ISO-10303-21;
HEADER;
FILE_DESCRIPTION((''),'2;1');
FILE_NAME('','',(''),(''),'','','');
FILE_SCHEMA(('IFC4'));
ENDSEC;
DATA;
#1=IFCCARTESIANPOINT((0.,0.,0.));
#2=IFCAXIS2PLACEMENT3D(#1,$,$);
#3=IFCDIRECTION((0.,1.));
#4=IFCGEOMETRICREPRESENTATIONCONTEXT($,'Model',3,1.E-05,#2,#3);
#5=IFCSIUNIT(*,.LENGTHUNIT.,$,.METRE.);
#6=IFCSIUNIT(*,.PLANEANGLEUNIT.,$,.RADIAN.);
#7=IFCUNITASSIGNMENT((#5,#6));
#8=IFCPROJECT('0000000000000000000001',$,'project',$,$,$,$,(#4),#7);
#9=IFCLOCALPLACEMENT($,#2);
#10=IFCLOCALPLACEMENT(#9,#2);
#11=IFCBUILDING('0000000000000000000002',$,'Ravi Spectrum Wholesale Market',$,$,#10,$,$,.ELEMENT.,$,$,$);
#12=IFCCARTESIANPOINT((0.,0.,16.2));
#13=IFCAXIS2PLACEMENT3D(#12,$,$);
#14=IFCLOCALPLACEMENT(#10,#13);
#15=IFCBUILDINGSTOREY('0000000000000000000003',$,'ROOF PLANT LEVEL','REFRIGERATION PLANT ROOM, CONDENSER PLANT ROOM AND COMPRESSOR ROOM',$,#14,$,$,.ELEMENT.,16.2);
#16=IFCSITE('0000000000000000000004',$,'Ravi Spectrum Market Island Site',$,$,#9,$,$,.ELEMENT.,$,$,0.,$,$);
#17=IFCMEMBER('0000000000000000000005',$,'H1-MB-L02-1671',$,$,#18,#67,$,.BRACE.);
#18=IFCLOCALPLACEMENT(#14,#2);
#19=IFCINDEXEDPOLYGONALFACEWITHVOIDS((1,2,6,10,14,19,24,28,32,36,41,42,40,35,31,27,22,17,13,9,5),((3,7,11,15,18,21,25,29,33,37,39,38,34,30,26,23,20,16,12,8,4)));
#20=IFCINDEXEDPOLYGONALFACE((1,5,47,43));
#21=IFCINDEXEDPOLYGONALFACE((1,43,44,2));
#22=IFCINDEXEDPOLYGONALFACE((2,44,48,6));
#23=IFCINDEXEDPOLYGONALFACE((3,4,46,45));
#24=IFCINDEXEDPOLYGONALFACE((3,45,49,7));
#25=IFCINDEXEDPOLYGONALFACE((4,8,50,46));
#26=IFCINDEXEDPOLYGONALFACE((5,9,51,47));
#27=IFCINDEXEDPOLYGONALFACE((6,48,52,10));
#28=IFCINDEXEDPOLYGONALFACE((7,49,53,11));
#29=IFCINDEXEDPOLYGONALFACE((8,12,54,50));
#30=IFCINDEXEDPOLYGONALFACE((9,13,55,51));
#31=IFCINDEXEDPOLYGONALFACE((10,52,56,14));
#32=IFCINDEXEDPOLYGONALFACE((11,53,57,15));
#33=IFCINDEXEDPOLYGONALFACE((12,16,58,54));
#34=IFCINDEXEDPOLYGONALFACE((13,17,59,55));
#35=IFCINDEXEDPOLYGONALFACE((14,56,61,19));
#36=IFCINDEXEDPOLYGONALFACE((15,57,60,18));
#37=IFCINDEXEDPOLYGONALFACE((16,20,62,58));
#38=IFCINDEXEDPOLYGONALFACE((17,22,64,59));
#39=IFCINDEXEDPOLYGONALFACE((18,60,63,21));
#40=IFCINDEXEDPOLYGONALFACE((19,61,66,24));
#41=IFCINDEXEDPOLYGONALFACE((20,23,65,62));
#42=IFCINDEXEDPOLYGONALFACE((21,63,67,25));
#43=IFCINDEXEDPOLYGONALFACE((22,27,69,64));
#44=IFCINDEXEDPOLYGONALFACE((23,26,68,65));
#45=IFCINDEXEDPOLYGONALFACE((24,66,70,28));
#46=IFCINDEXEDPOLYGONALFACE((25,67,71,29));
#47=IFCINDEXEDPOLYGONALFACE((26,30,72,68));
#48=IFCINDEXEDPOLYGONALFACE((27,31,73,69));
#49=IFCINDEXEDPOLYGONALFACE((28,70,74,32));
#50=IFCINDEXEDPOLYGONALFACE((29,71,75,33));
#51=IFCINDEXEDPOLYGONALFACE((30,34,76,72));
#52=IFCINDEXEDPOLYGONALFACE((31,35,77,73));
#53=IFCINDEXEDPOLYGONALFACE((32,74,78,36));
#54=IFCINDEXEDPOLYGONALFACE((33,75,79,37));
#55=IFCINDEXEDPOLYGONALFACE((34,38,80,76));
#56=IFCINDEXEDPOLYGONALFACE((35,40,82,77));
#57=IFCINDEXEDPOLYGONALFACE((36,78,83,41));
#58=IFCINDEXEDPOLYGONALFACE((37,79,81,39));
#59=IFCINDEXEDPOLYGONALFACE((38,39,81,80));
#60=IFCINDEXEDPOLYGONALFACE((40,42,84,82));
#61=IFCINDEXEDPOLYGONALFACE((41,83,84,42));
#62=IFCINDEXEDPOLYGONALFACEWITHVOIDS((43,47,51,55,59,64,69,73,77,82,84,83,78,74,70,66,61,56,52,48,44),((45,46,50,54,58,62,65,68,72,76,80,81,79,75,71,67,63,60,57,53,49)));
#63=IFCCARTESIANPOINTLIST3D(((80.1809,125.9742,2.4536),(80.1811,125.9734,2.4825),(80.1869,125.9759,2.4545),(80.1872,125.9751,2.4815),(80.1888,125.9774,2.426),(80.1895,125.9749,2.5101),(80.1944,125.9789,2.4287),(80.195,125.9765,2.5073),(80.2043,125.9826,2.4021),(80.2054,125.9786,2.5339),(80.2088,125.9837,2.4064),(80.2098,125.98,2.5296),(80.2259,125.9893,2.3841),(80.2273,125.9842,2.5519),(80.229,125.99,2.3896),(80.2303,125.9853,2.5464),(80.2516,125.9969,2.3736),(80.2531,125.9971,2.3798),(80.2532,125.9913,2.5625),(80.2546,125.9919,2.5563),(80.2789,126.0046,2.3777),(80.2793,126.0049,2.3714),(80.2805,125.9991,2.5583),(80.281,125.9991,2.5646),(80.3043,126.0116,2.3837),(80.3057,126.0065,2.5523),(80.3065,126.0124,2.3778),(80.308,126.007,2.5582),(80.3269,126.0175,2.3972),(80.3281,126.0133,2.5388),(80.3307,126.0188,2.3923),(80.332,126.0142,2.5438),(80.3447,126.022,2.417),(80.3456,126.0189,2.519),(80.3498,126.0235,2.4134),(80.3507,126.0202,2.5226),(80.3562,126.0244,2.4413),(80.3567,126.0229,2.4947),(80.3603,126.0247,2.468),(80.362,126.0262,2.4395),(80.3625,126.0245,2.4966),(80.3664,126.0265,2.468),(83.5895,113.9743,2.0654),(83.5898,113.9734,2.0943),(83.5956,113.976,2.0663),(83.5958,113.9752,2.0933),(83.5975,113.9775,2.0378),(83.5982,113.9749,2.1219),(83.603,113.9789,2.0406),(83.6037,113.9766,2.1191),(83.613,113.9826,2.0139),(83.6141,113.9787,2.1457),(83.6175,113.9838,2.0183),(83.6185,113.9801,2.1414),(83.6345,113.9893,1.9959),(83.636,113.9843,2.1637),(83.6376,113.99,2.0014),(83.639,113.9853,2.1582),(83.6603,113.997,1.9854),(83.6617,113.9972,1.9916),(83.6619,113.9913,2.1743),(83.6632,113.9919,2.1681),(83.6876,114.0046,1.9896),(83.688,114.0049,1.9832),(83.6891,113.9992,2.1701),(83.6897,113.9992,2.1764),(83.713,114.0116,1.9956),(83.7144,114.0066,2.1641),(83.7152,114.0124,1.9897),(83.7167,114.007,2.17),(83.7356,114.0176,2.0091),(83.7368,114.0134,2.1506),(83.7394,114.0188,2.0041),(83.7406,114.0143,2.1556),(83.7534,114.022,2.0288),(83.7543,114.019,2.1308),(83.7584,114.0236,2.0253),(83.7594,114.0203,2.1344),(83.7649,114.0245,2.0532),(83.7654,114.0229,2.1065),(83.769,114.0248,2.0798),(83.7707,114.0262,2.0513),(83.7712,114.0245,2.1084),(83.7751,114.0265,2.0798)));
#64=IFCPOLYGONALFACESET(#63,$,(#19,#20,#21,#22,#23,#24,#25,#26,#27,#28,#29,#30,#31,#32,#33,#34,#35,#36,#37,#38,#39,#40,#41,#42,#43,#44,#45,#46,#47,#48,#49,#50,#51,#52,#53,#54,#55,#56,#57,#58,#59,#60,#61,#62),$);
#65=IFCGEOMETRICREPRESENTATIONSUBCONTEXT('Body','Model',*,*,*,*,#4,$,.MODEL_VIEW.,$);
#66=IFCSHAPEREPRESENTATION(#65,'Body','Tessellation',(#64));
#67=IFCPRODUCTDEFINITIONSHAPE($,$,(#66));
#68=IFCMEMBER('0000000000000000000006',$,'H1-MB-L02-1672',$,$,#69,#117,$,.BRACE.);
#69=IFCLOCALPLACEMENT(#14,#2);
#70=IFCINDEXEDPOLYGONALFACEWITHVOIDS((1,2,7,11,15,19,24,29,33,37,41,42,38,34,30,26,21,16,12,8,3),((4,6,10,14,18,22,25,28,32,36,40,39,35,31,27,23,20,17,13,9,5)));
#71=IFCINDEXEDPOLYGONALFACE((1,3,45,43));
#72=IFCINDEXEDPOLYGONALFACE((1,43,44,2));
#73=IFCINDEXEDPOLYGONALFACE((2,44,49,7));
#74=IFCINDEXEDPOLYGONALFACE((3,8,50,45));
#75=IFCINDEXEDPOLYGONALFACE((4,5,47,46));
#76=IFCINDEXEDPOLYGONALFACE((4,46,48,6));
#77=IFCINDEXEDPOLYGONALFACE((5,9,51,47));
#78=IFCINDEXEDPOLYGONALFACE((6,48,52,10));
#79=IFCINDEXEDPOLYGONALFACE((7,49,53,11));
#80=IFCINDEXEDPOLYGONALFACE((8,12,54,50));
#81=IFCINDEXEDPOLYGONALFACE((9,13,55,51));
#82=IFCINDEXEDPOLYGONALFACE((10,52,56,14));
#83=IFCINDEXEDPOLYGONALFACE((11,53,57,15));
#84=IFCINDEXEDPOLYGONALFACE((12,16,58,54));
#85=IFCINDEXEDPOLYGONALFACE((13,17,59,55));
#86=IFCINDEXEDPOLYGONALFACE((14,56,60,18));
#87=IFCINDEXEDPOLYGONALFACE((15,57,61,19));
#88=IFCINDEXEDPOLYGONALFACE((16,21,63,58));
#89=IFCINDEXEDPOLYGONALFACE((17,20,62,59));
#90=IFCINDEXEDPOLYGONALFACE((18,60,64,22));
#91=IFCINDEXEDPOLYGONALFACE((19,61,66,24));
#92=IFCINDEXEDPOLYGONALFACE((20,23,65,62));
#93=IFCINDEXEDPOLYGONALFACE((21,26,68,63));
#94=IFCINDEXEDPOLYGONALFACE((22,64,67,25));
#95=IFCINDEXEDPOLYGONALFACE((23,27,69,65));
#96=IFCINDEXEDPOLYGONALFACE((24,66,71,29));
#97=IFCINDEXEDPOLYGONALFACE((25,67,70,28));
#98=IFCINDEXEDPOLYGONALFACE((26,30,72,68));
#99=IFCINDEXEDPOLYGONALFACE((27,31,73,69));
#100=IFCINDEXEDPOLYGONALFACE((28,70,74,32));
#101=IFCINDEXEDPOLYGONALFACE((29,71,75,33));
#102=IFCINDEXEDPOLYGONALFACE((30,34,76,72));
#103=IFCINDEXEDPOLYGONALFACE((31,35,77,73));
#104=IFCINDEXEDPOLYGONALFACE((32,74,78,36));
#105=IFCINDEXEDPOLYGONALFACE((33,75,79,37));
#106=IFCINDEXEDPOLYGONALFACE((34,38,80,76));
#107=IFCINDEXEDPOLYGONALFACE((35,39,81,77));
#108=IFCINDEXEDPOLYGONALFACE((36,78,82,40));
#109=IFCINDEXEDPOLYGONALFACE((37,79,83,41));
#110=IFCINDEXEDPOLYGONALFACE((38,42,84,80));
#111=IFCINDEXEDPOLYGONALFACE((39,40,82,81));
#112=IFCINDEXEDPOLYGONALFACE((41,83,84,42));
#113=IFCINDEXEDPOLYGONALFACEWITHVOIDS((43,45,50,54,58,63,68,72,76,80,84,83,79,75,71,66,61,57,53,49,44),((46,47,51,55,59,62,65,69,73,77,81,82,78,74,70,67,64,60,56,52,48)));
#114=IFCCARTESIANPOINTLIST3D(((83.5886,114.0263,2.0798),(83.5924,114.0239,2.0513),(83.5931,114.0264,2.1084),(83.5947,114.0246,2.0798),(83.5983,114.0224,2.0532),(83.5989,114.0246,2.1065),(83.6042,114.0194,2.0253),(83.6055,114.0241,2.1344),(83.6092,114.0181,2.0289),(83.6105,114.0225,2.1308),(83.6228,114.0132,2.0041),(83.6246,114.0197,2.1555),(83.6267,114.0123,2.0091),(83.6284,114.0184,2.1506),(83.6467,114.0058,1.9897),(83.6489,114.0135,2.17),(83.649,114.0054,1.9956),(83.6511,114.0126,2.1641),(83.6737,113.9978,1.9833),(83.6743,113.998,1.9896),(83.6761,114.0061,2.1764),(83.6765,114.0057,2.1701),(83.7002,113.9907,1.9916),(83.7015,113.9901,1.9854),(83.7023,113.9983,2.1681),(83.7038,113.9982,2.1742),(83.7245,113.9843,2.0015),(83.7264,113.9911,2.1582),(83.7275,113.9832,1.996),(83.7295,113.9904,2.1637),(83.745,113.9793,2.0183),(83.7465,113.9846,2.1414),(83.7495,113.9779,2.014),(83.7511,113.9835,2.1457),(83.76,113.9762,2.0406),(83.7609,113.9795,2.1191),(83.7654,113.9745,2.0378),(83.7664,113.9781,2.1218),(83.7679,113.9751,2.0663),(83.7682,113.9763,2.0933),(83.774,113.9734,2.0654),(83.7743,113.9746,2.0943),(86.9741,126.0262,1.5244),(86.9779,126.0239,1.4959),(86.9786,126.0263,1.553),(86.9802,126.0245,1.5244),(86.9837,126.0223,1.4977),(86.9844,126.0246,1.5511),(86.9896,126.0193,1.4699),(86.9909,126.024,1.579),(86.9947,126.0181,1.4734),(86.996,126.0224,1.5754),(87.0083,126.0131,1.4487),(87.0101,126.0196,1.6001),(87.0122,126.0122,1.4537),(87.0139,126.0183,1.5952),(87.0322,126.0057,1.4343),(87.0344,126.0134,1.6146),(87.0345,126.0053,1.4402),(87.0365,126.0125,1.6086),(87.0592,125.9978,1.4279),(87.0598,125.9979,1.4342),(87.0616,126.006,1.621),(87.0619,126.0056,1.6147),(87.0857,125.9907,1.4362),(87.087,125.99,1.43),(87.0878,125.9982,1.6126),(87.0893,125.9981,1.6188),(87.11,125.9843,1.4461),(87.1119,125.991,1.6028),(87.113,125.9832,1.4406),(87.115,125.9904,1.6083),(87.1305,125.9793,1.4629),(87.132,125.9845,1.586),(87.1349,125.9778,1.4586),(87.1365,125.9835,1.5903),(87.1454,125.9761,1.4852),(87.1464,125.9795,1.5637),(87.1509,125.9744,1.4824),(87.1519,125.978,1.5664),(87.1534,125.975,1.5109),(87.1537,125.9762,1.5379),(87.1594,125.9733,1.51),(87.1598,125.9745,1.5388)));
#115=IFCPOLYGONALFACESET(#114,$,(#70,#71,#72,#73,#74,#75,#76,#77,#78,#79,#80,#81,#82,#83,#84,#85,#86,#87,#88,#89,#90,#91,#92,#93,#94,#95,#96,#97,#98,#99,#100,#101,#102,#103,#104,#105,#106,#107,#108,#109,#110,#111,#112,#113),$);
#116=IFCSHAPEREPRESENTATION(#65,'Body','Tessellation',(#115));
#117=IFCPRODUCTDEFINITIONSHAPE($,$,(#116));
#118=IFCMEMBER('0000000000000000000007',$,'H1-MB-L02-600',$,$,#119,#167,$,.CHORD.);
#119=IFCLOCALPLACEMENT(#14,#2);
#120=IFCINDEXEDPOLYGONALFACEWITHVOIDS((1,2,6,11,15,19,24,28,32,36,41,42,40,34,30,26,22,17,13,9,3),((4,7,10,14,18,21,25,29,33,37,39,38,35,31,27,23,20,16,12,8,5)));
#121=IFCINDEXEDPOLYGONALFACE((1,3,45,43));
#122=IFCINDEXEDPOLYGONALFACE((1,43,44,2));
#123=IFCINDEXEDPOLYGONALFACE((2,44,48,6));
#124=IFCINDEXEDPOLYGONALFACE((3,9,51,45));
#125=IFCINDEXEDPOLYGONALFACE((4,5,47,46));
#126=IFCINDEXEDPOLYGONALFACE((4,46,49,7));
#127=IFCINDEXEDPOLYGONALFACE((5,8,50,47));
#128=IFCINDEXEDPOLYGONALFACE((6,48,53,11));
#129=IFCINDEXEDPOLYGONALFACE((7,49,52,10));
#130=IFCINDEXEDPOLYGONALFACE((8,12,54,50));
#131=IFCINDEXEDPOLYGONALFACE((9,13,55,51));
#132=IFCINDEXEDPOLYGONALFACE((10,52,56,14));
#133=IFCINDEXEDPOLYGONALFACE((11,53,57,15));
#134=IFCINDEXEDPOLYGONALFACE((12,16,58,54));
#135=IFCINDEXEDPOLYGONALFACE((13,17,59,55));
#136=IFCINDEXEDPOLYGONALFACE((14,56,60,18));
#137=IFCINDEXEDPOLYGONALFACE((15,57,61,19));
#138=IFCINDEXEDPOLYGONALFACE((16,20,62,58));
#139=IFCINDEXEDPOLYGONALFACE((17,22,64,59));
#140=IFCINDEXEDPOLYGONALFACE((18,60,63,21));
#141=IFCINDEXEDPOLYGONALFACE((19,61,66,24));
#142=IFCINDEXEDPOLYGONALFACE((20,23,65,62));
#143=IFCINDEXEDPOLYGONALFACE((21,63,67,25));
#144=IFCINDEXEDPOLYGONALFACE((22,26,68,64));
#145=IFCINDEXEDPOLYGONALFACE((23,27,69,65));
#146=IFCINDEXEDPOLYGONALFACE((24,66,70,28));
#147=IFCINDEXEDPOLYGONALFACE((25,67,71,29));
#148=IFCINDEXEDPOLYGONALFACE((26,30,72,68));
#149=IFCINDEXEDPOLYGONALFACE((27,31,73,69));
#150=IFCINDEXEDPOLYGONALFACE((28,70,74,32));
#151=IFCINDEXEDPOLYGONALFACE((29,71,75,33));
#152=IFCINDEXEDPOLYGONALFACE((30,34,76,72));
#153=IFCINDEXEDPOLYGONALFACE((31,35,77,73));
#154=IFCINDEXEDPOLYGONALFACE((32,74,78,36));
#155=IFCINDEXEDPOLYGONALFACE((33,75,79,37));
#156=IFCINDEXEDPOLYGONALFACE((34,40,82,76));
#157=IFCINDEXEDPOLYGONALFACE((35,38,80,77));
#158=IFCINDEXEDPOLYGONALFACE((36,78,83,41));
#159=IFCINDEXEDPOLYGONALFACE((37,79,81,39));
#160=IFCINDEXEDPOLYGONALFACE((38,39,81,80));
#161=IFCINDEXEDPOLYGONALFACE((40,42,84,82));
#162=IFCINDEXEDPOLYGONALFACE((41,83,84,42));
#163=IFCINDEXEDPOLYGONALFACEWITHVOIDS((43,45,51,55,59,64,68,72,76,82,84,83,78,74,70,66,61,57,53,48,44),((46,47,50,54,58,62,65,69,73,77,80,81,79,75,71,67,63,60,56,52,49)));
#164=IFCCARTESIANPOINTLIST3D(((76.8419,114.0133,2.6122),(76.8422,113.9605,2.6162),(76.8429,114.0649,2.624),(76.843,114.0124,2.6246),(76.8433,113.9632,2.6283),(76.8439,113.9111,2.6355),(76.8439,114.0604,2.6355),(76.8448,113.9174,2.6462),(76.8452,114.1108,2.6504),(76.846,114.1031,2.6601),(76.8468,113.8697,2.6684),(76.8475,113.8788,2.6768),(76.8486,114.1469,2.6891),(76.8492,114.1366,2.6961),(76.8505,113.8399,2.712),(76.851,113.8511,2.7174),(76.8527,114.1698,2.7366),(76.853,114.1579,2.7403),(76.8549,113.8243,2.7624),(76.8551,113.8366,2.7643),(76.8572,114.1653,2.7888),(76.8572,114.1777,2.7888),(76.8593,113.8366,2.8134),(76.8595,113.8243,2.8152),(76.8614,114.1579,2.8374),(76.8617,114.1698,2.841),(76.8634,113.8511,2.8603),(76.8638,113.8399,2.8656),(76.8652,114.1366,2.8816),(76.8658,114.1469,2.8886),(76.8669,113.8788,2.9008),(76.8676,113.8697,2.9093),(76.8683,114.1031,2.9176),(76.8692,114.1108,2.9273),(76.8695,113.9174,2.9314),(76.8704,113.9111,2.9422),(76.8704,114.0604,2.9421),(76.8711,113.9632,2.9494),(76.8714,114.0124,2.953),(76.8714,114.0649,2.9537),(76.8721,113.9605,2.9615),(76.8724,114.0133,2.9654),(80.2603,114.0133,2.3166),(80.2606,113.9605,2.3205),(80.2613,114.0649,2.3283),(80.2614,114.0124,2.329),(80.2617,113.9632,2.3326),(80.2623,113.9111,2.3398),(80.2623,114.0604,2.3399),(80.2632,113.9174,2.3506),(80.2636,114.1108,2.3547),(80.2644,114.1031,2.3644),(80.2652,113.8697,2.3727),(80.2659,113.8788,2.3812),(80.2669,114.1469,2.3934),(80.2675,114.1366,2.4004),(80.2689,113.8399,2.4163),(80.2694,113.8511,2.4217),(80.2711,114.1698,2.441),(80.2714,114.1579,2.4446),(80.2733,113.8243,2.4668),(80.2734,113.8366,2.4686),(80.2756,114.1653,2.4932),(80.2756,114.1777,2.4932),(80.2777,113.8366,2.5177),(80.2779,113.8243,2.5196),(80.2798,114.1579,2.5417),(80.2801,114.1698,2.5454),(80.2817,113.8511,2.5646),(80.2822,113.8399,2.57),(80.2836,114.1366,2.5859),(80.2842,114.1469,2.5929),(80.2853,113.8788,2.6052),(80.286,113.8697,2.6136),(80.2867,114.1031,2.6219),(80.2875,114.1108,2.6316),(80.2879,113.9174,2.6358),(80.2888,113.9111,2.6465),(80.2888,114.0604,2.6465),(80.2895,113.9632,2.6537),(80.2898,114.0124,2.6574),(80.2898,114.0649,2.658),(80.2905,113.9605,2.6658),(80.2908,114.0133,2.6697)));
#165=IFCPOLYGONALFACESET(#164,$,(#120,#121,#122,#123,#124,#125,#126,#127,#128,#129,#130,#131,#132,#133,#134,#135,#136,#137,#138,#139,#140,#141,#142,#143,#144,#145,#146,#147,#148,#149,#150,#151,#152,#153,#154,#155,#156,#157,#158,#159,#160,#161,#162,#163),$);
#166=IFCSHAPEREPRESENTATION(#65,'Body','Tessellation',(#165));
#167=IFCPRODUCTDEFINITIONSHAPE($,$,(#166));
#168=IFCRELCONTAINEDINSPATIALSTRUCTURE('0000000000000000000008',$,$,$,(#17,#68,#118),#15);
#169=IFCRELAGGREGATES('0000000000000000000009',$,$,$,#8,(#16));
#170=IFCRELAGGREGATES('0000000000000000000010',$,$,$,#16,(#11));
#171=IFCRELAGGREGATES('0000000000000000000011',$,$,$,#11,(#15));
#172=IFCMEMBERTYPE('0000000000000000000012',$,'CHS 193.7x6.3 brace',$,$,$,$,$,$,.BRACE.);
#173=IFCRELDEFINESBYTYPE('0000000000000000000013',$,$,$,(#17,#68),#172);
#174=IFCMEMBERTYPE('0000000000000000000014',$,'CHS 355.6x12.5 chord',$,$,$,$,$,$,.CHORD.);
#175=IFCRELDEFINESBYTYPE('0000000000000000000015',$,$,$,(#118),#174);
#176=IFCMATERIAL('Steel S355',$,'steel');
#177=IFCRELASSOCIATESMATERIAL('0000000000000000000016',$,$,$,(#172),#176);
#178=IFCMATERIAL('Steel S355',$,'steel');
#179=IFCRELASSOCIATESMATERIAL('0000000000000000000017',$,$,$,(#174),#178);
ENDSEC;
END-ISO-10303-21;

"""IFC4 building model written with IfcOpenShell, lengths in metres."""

from ifc_helpers import new_model, si_unit, direction, frame, origin, origin_2d, place, context, subcontext, project, spatial, hollow_circle, extrude, material, material_profile, profile_set, type_object, element, save


model = new_model("IFC4")

# Units and contexts
model_context = context("Model", 3, precision=1e-05, world=origin(), true_north=direction((0.0, 1.0)))
body_context = subcontext(model_context, "Body", "Model", "MODEL_VIEW")
ifc_project = project(units=[si_unit("LENGTHUNIT", "METRE"), si_unit("PLANEANGLEUNIT", "RADIAN")], contexts=[model_context])

# Site, building, storey
site_placement = place(None, origin())
site = spatial("IfcSite", under=ifc_project, at=site_placement, Name="Ravi Spectrum Market Island Site", CompositionType="ELEMENT", RefElevation=0.0)
building_placement = place(site_placement, origin())
building = spatial("IfcBuilding", under=site, at=building_placement, Name="Ravi Spectrum Wholesale Market", CompositionType="ELEMENT")
storey_placement = place(building_placement, frame((0.0, 0.0, 16.2)))
storey = spatial("IfcBuildingStorey", under=building, at=storey_placement, Name="ROOF PLANT LEVEL", Description="REFRIGERATION PLANT ROOM, CONDENSER PLANT ROOM AND COMPRESSOR ROOM", CompositionType="ELEMENT", Elevation=16.2)

# Members
ifc_material_1 = material(Name="Steel S355", Category="steel")
ifc_material_profile_1 = material_profile(ifc_material_1, hollow_circle(Radius=0.0969, WallThickness=0.0063, at=origin_2d()))
ifc_profile_set_1 = profile_set([ifc_material_profile_1], Name="Steel S355")
member_type_1 = type_object("IfcMemberType", Name="CHS 193.7x6.3 brace", PredefinedType="BRACE", material=ifc_profile_set_1)
for number, where, z_axis, x_axis, name in (
    (1, (80.2732, 126.0, 2.468), (0.273115, -0.961478, -0.031103), (0.961944, 0.273247, 0.0), "H1-MB-L02-1671"),
    (2, (83.6819, 114.0, 2.0798), (0.271257, 0.961478, -0.044502), (-0.962431, 0.271526, 0.0), "H1-MB-L02-1672"),
):
    element("IfcMember", number, at=place(storey_placement, frame(where, z_axis=z_axis, x_axis=x_axis)), inside=storey, type_object=member_type_1, Name=name, PredefinedType="BRACE", context=body_context, shape_type="SweptSolid", body=[
        extrude(hollow_circle(Radius=0.0969, WallThickness=0.0063, at=origin_2d()), origin(), (0.0, 0.0, 1.0), 12.4807),
    ])
ifc_material_2 = material(Name="Steel S355", Category="steel")
ifc_material_profile_2 = material_profile(ifc_material_2, hollow_circle(Radius=0.1777, WallThickness=0.0125, at=origin_2d()))
ifc_profile_set_2 = profile_set([ifc_material_profile_2], Name="Steel S355")
member_type_2 = type_object("IfcMemberType", Name="CHS 355.6x12.5 chord", PredefinedType="CHORD", material=ifc_profile_set_2)
for number, where, z_axis, x_axis, name in (
    (3, (76.8572, 114.0, 2.7888), (0.996281, 0.0, -0.086166), (0.0, 1.0, 0.0), "H1-MB-L02-600"),
):
    element("IfcMember", number, at=place(storey_placement, frame(where, z_axis=z_axis, x_axis=x_axis)), inside=storey, type_object=member_type_2, Name=name, PredefinedType="CHORD", context=body_context, shape_type="SweptSolid", body=[
        extrude(hollow_circle(Radius=0.1777, WallThickness=0.0125, at=origin_2d()), origin(), (0.0, 0.0, 1.0), 3.4312),
    ])

save(model, "model.ifc")
